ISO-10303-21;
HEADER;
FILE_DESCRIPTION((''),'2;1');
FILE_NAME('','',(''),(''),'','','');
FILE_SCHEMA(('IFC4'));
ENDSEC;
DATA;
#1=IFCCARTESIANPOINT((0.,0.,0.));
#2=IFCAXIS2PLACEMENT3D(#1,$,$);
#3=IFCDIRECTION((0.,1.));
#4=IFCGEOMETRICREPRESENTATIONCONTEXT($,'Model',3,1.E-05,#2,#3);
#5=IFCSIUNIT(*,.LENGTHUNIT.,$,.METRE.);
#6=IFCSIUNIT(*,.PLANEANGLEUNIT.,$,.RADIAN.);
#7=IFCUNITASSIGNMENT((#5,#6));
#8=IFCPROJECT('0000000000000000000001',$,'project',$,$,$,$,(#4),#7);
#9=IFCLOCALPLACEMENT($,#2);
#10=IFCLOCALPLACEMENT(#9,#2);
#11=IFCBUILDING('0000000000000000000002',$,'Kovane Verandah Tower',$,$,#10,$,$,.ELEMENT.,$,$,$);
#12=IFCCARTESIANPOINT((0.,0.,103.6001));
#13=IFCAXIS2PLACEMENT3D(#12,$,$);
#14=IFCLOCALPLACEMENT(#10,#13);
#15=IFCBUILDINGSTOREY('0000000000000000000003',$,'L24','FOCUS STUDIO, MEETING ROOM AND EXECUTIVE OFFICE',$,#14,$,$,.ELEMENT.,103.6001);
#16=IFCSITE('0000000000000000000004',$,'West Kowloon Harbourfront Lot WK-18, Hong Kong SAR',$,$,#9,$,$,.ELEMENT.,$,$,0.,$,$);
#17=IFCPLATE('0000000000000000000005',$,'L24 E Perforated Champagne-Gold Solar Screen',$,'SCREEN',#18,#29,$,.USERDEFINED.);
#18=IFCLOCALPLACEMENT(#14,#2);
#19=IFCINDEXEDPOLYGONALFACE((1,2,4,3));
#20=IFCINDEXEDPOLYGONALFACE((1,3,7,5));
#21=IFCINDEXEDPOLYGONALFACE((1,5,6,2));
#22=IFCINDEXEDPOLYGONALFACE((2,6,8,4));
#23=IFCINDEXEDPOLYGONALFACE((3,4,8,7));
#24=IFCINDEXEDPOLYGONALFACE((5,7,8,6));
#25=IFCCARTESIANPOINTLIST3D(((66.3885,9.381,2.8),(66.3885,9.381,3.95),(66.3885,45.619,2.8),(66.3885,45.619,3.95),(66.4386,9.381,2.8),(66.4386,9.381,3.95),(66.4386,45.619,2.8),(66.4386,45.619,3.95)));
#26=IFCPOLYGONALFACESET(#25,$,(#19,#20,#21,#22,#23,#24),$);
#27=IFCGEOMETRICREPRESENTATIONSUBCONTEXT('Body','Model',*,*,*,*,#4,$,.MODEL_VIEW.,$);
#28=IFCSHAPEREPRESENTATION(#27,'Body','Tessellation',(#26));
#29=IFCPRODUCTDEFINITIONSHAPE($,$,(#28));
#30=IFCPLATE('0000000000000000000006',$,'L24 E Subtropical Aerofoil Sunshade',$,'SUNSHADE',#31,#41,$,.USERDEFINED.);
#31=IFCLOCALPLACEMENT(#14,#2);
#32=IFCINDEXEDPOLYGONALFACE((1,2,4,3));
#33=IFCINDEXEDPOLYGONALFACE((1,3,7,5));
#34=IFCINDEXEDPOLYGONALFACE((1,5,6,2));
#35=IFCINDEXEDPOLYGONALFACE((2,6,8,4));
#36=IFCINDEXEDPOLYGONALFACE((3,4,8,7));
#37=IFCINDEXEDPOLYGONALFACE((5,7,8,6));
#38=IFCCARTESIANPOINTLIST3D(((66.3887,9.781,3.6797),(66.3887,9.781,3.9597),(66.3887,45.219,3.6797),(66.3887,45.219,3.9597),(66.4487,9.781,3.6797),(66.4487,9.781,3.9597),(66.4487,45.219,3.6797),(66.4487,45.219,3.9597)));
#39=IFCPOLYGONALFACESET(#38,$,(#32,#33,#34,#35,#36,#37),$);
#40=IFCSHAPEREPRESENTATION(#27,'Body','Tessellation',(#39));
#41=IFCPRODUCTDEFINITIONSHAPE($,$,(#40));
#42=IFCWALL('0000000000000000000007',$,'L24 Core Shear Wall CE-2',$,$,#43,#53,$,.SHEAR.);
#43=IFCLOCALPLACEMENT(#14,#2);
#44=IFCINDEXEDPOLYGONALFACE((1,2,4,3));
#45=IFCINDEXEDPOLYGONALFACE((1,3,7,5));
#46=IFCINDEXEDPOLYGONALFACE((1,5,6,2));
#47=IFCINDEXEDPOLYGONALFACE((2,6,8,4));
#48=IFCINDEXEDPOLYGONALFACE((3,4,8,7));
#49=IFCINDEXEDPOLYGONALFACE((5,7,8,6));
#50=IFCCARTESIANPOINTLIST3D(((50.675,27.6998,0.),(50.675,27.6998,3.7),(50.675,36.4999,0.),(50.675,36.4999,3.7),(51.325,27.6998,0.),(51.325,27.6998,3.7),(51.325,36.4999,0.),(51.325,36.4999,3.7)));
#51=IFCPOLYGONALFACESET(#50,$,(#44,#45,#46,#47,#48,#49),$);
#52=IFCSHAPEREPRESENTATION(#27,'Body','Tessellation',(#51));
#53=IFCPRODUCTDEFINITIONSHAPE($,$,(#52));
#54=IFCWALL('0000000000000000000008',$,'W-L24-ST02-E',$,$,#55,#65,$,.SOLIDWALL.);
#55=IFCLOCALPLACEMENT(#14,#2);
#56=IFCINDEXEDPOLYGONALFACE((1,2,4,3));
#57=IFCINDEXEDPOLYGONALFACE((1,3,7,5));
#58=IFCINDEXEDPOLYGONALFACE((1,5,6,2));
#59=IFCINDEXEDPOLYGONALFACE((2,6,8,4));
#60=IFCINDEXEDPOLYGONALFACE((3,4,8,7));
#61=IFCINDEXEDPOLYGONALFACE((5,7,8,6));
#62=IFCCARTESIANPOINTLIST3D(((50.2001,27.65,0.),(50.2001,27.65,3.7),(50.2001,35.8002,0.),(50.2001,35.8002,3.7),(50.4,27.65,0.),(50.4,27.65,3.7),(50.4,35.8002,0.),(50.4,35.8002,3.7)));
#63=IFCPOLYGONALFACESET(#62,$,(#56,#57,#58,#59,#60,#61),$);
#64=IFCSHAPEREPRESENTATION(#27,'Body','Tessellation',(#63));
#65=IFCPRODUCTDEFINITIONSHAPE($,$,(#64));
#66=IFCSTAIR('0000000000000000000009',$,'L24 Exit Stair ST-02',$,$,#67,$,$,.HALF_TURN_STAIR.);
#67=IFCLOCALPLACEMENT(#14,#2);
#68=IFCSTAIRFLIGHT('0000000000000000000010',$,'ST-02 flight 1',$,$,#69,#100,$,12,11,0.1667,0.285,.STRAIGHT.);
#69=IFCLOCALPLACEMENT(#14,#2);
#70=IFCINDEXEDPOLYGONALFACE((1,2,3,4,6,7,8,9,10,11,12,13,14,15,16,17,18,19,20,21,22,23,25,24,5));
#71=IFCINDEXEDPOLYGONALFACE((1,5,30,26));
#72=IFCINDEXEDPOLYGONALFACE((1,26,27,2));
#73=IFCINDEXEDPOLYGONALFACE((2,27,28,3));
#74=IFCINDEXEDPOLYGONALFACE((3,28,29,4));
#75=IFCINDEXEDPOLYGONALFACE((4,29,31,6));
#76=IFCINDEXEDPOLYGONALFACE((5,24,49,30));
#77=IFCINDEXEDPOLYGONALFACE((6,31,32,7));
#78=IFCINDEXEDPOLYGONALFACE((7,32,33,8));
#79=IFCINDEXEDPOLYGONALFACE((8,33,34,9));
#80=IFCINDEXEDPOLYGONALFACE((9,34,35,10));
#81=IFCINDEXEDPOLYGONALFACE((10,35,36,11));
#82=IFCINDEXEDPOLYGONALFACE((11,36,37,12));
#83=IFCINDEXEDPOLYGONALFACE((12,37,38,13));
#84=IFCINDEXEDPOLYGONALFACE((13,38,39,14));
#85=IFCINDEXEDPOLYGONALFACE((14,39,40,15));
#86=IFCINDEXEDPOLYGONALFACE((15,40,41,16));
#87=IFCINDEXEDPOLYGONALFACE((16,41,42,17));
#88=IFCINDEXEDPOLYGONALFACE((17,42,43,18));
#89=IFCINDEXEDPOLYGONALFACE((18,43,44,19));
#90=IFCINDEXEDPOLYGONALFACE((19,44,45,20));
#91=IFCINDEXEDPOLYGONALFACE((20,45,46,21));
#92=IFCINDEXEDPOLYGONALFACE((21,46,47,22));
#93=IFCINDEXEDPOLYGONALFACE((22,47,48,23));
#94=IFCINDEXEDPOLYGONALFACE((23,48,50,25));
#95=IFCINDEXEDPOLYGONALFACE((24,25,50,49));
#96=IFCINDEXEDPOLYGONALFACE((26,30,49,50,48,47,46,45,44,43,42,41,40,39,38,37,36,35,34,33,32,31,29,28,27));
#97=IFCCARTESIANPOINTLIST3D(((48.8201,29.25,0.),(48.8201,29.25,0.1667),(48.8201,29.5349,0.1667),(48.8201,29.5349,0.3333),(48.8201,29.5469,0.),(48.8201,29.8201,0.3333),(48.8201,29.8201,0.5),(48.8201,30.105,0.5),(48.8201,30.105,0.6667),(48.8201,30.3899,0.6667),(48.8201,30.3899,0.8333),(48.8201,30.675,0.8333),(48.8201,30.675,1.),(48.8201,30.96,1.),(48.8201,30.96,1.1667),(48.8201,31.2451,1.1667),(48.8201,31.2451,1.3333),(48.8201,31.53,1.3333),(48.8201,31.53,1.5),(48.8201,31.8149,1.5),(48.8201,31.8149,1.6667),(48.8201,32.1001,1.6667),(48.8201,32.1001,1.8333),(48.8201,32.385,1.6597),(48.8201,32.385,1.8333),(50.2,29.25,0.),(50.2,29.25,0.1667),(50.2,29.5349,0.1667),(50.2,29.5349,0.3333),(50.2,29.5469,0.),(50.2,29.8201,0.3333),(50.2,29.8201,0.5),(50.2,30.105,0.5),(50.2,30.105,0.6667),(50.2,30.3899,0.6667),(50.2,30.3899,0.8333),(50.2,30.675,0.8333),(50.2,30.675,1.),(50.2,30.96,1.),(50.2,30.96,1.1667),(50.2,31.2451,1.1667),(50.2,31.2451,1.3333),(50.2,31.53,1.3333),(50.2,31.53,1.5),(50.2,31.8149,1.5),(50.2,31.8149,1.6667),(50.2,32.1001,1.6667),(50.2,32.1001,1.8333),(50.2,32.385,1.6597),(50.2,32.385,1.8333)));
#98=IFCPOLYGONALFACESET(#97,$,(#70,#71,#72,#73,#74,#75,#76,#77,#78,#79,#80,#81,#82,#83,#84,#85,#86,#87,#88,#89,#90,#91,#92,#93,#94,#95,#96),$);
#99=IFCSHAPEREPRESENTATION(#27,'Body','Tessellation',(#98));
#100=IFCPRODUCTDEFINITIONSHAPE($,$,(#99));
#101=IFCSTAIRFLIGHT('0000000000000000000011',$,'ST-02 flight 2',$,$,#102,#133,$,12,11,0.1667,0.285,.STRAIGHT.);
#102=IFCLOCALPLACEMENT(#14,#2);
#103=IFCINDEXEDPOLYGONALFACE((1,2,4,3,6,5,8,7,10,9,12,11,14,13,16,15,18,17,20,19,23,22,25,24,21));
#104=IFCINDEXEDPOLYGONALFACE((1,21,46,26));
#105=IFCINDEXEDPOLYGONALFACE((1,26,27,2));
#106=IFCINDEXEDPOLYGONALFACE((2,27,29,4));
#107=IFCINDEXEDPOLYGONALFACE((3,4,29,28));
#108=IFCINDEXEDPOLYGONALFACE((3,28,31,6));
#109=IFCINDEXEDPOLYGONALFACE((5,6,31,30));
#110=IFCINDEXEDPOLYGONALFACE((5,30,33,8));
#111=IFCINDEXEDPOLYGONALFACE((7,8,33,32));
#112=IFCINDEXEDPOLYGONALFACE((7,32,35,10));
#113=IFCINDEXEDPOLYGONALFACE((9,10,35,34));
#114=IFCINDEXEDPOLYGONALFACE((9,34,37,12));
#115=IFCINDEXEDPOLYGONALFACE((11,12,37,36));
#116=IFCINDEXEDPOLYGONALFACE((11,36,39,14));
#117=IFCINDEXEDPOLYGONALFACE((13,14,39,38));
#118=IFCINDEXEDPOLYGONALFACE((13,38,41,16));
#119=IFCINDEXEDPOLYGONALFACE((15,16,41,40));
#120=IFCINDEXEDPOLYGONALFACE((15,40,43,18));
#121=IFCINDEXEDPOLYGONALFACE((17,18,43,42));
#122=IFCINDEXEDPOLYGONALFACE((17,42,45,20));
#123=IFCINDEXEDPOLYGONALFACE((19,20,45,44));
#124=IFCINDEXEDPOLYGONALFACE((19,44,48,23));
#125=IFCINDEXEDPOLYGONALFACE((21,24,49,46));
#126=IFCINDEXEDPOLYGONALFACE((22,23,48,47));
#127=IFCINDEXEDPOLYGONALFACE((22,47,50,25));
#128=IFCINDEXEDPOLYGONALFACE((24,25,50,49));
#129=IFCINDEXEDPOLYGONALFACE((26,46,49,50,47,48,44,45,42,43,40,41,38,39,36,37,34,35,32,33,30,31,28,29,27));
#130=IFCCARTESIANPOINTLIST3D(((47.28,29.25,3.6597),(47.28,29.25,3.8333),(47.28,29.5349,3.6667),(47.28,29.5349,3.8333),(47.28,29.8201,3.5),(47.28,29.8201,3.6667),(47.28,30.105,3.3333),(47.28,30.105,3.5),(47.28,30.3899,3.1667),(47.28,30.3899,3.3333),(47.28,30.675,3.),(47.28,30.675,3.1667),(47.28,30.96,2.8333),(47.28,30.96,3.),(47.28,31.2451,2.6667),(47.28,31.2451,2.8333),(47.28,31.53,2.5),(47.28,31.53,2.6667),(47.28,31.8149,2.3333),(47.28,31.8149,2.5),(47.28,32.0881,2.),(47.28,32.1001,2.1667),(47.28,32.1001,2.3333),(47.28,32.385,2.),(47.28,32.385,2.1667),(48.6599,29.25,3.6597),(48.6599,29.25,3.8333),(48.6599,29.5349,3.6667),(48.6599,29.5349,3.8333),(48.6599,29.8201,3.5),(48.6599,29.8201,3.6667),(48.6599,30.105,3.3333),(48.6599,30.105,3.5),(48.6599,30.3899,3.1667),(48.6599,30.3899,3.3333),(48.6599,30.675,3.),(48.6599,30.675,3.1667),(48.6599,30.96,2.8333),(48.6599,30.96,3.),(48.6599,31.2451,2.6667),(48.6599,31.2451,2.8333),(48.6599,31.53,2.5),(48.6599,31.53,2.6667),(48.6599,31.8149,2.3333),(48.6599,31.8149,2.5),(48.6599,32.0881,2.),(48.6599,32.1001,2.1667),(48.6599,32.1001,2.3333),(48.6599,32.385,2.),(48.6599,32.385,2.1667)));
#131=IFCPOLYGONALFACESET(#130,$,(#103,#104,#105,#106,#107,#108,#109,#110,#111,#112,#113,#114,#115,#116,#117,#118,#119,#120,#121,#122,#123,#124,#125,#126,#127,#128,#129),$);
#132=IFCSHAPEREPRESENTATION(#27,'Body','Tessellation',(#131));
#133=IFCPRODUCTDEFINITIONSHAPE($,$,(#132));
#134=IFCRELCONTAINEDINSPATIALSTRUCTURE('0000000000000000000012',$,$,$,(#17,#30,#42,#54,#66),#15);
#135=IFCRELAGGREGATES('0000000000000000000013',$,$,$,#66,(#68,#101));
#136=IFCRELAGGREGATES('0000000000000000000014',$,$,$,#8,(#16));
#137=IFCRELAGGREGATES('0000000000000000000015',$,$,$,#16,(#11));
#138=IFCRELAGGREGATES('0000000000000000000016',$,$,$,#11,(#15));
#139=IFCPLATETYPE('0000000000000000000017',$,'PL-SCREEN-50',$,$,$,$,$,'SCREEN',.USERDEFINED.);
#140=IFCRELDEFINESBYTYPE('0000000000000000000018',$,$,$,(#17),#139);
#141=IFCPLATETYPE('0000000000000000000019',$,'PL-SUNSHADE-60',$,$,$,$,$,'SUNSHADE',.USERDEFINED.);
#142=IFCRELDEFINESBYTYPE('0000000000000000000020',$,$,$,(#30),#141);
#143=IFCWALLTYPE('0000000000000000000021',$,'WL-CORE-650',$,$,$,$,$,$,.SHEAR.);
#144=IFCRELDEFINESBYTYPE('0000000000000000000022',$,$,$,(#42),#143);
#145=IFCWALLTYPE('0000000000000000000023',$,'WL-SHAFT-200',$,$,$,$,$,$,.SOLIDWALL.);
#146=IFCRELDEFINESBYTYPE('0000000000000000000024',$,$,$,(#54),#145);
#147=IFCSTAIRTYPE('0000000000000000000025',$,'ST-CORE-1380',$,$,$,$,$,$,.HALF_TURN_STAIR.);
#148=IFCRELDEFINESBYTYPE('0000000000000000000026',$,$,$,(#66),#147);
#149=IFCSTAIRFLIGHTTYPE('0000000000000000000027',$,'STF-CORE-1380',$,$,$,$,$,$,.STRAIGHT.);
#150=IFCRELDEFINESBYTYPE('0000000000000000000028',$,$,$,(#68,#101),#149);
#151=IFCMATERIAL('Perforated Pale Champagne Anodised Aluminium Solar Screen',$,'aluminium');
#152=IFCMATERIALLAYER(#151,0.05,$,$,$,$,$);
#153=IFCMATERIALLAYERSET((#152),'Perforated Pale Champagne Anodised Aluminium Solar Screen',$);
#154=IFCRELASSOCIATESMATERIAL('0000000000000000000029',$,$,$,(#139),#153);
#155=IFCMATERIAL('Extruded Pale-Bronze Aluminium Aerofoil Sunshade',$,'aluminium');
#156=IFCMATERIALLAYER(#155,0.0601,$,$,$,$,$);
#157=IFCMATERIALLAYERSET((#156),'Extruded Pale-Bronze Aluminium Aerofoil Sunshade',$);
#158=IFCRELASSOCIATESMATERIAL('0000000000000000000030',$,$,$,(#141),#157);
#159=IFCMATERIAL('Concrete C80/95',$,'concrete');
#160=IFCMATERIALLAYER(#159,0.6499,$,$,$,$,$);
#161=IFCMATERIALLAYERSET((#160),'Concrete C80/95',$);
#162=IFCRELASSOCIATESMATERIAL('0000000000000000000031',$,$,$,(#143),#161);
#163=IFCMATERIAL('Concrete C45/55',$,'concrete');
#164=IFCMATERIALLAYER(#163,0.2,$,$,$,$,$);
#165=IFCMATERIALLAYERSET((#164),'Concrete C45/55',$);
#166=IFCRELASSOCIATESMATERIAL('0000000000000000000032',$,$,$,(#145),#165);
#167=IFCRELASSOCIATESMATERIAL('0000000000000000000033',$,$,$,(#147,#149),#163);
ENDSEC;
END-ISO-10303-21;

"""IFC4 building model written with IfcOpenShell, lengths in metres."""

from ifc_helpers import new_model, si_unit, direction, frame, frame_2d, origin, origin_2d, place, context, subcontext, project, spatial, polyline, rectangle, outline, extrude, material, layer, layer_set, type_object, element, aggregate, save


model = new_model("IFC4")

# Units and contexts
model_context = context("Model", 3, precision=1e-05, world=origin(), true_north=direction((0.0, 1.0)))
body_context = subcontext(model_context, "Body", "Model", "MODEL_VIEW")
ifc_project = project(units=[si_unit("LENGTHUNIT", "METRE"), si_unit("PLANEANGLEUNIT", "RADIAN")], contexts=[model_context])

# Site, building, storey
site_placement = place(None, origin())
site = spatial("IfcSite", under=ifc_project, at=site_placement, Name="West Kowloon Harbourfront Lot WK-18, Hong Kong SAR", CompositionType="ELEMENT", RefElevation=0.0)
building_placement = place(site_placement, origin())
building = spatial("IfcBuilding", under=site, at=building_placement, Name="Kovane Verandah Tower", CompositionType="ELEMENT")
storey_placement = place(building_placement, frame((0.0, 0.0, 103.6001)))
storey = spatial("IfcBuildingStorey", under=building, at=storey_placement, Name="L24", Description="FOCUS STUDIO, MEETING ROOM AND EXECUTIVE OFFICE", CompositionType="ELEMENT", Elevation=103.6001)

# Shared definitions
ifc_material_1 = material(Name="Concrete C80/95", Category="concrete")

# Plates
ifc_material_2 = material(Name="Perforated Pale Champagne Anodised Aluminium Solar Screen", Category="aluminium")
ifc_layer_1 = layer(ifc_material_2, 0.05)
ifc_layer_set_1 = layer_set([ifc_layer_1], Name="Perforated Pale Champagne Anodised Aluminium Solar Screen")
plate_type_1 = type_object("IfcPlateType", Name="PL-SCREEN-50", ElementType="SCREEN", PredefinedType="USERDEFINED", material=ifc_layer_set_1)
plate_1_placement = place(storey_placement, frame((66.4136, 27.5, 2.8), z_axis=(0.0, 0.0, 1.0), x_axis=(0.0, 1.0, 0.0)))
element("IfcPlate", 1, at=plate_1_placement, inside=storey, type_object=plate_type_1, Name="L24 E Perforated Champagne-Gold Solar Screen", ObjectType="SCREEN", PredefinedType="USERDEFINED", context=body_context, shape_type="SweptSolid", body=[
    extrude(rectangle(XDim=36.238, YDim=0.05, at=origin_2d()), origin(), (0.0, 0.0, 1.0), 1.1499),
])
ifc_material_3 = material(Name="Extruded Pale-Bronze Aluminium Aerofoil Sunshade", Category="aluminium")
ifc_layer_2 = layer(ifc_material_3, 0.0601)
ifc_layer_set_2 = layer_set([ifc_layer_2], Name="Extruded Pale-Bronze Aluminium Aerofoil Sunshade")
plate_type_2 = type_object("IfcPlateType", Name="PL-SUNSHADE-60", ElementType="SUNSHADE", PredefinedType="USERDEFINED", material=ifc_layer_set_2)
plate_2_placement = place(storey_placement, frame((66.4187, 27.5, 3.6797), z_axis=(0.0, 0.0, 1.0), x_axis=(0.0, 1.0, 0.0)))
element("IfcPlate", 2, at=plate_2_placement, inside=storey, type_object=plate_type_2, Name="L24 E Subtropical Aerofoil Sunshade", ObjectType="SUNSHADE", PredefinedType="USERDEFINED", context=body_context, shape_type="SweptSolid", body=[
    extrude(rectangle(XDim=35.438, YDim=0.0601, at=origin_2d()), origin(), (0.0, 0.0, 1.0), 0.28),
])

# Walls
ifc_layer_3 = layer(ifc_material_1, 0.6499)
ifc_layer_set_3 = layer_set([ifc_layer_3], Name="Concrete C80/95")
wall_type_1 = type_object("IfcWallType", Name="WL-CORE-650", PredefinedType="SHEAR", material=ifc_layer_set_3)
wall_1_placement = place(storey_placement, frame((51.0, 27.7, 0.0), z_axis=(0.0, 0.0, 1.0), x_axis=(0.0, 1.0, 0.0)))
element("IfcWall", 3, at=wall_1_placement, inside=storey, type_object=wall_type_1, Name="L24 Core Shear Wall CE-2", PredefinedType="SHEAR", context=body_context, shape_type="SweptSolid", body=[
    extrude(rectangle(XDim=8.8, YDim=0.6499, at=frame_2d((4.3999, 0.0))), origin(), (0.0, 0.0, 1.0), 3.7),
])
ifc_material_4 = material(Name="Concrete C45/55", Category="concrete")
ifc_layer_4 = layer(ifc_material_4, 0.2)
ifc_layer_set_4 = layer_set([ifc_layer_4], Name="Concrete C45/55")
wall_type_2 = type_object("IfcWallType", Name="WL-SHAFT-200", PredefinedType="SOLIDWALL", material=ifc_layer_set_4)
wall_2_placement = place(storey_placement, frame((50.3, 27.6499, 0.0), z_axis=(0.0, 0.0, 1.0), x_axis=(0.0, 1.0, 0.0)))
element("IfcWall", 4, at=wall_2_placement, inside=storey, type_object=wall_type_2, Name="W-L24-ST02-E", PredefinedType="SOLIDWALL", context=body_context, shape_type="SweptSolid", body=[
    extrude(rectangle(XDim=8.1501, YDim=0.2, at=frame_2d((4.0752, 0.0))), origin(), (0.0, 0.0, 1.0), 3.7),
])

# Stair, stair flights
stair_type = type_object("IfcStairType", Name="ST-CORE-1380", PredefinedType="HALF_TURN_STAIR", material=ifc_material_4)
stair_placement = place(storey_placement, origin())
stair = element("IfcStair", 5, at=stair_placement, inside=storey, type_object=stair_type, Name="L24 Exit Stair ST-02", PredefinedType="HALF_TURN_STAIR")
stair_flight_type = type_object("IfcStairFlightType", Name="STF-CORE-1380", PredefinedType="STRAIGHT", material=ifc_material_4)
stair_flight_1_placement = place(storey_placement, frame((49.51, 29.25, 0.0), z_axis=(0.0, 0.0, 1.0), x_axis=(0.0, 1.0, 0.0)))
stair_flight_1 = element("IfcStairFlight", 6, at=stair_flight_1_placement, type_object=stair_flight_type, Name="ST-02 flight 1", NumberOfRisers=12, NumberOfTreads=11, PredefinedType="STRAIGHT", RiserHeight=0.1667, TreadLength=0.285, context=body_context, shape_type="SweptSolid", body=[
    extrude(outline(polyline([(0.0, 0.0), (0.0, 0.1667), (0.2849, 0.1667), (0.2849, 0.3333), (0.5701, 0.3333), (0.5701, 0.5), (0.855, 0.5), (0.855, 0.6667), (1.1399, 0.6667), (1.1399, 0.8333), (1.425, 0.8333), (1.425, 1.0), (1.71, 1.0), (1.71, 1.1667), (1.9951, 1.1667), (1.9951, 1.3333), (2.28, 1.3333), (2.28, 1.5), (2.5649, 1.5), (2.5649, 1.6667), (2.8501, 1.6667), (2.8501, 1.8333), (3.135, 1.8333), (3.135, 2.0), (3.135, 1.6597), (0.2969, 0.0), (0.0, 0.0)])), frame((0.0, 0.6899, 0.0), z_axis=(0.0, -1.0, 0.0), x_axis=(1.0, 0.0, 0.0)), (0.0, 0.0, 1.0), 1.3799),
])
stair_flight_2_placement = place(storey_placement, frame((47.97, 32.385, 2.0), z_axis=(0.0, 0.0, 1.0), x_axis=(0.0, -1.0, 0.0)))
stair_flight_2 = element("IfcStairFlight", 7, at=stair_flight_2_placement, type_object=stair_flight_type, Name="ST-02 flight 2", NumberOfRisers=12, NumberOfTreads=11, PredefinedType="STRAIGHT", RiserHeight=0.1667, TreadLength=0.285, context=body_context, shape_type="SweptSolid", body=[
    extrude(outline(polyline([(0.0, 0.0), (0.0, 0.1667), (0.2849, 0.1667), (0.2849, 0.3333), (0.5701, 0.3333), (0.5701, 0.5), (0.855, 0.5), (0.855, 0.6667), (1.1399, 0.6667), (1.1399, 0.8333), (1.425, 0.8333), (1.425, 1.0), (1.71, 1.0), (1.71, 1.1667), (1.9951, 1.1667), (1.9951, 1.3333), (2.28, 1.3333), (2.28, 1.5), (2.5649, 1.5), (2.5649, 1.6667), (2.8501, 1.6667), (2.8501, 1.8333), (3.135, 1.8333), (3.135, 2.0), (3.135, 1.6597), (0.2969, 0.0), (0.0, 0.0)])), frame((0.0, 0.6899, 0.0), z_axis=(0.0, -1.0, 0.0), x_axis=(1.0, 0.0, 0.0)), (0.0, 0.0, 1.0), 1.3799),
])
aggregate(stair, [stair_flight_1, stair_flight_2])

save(model, "model.ifc")
